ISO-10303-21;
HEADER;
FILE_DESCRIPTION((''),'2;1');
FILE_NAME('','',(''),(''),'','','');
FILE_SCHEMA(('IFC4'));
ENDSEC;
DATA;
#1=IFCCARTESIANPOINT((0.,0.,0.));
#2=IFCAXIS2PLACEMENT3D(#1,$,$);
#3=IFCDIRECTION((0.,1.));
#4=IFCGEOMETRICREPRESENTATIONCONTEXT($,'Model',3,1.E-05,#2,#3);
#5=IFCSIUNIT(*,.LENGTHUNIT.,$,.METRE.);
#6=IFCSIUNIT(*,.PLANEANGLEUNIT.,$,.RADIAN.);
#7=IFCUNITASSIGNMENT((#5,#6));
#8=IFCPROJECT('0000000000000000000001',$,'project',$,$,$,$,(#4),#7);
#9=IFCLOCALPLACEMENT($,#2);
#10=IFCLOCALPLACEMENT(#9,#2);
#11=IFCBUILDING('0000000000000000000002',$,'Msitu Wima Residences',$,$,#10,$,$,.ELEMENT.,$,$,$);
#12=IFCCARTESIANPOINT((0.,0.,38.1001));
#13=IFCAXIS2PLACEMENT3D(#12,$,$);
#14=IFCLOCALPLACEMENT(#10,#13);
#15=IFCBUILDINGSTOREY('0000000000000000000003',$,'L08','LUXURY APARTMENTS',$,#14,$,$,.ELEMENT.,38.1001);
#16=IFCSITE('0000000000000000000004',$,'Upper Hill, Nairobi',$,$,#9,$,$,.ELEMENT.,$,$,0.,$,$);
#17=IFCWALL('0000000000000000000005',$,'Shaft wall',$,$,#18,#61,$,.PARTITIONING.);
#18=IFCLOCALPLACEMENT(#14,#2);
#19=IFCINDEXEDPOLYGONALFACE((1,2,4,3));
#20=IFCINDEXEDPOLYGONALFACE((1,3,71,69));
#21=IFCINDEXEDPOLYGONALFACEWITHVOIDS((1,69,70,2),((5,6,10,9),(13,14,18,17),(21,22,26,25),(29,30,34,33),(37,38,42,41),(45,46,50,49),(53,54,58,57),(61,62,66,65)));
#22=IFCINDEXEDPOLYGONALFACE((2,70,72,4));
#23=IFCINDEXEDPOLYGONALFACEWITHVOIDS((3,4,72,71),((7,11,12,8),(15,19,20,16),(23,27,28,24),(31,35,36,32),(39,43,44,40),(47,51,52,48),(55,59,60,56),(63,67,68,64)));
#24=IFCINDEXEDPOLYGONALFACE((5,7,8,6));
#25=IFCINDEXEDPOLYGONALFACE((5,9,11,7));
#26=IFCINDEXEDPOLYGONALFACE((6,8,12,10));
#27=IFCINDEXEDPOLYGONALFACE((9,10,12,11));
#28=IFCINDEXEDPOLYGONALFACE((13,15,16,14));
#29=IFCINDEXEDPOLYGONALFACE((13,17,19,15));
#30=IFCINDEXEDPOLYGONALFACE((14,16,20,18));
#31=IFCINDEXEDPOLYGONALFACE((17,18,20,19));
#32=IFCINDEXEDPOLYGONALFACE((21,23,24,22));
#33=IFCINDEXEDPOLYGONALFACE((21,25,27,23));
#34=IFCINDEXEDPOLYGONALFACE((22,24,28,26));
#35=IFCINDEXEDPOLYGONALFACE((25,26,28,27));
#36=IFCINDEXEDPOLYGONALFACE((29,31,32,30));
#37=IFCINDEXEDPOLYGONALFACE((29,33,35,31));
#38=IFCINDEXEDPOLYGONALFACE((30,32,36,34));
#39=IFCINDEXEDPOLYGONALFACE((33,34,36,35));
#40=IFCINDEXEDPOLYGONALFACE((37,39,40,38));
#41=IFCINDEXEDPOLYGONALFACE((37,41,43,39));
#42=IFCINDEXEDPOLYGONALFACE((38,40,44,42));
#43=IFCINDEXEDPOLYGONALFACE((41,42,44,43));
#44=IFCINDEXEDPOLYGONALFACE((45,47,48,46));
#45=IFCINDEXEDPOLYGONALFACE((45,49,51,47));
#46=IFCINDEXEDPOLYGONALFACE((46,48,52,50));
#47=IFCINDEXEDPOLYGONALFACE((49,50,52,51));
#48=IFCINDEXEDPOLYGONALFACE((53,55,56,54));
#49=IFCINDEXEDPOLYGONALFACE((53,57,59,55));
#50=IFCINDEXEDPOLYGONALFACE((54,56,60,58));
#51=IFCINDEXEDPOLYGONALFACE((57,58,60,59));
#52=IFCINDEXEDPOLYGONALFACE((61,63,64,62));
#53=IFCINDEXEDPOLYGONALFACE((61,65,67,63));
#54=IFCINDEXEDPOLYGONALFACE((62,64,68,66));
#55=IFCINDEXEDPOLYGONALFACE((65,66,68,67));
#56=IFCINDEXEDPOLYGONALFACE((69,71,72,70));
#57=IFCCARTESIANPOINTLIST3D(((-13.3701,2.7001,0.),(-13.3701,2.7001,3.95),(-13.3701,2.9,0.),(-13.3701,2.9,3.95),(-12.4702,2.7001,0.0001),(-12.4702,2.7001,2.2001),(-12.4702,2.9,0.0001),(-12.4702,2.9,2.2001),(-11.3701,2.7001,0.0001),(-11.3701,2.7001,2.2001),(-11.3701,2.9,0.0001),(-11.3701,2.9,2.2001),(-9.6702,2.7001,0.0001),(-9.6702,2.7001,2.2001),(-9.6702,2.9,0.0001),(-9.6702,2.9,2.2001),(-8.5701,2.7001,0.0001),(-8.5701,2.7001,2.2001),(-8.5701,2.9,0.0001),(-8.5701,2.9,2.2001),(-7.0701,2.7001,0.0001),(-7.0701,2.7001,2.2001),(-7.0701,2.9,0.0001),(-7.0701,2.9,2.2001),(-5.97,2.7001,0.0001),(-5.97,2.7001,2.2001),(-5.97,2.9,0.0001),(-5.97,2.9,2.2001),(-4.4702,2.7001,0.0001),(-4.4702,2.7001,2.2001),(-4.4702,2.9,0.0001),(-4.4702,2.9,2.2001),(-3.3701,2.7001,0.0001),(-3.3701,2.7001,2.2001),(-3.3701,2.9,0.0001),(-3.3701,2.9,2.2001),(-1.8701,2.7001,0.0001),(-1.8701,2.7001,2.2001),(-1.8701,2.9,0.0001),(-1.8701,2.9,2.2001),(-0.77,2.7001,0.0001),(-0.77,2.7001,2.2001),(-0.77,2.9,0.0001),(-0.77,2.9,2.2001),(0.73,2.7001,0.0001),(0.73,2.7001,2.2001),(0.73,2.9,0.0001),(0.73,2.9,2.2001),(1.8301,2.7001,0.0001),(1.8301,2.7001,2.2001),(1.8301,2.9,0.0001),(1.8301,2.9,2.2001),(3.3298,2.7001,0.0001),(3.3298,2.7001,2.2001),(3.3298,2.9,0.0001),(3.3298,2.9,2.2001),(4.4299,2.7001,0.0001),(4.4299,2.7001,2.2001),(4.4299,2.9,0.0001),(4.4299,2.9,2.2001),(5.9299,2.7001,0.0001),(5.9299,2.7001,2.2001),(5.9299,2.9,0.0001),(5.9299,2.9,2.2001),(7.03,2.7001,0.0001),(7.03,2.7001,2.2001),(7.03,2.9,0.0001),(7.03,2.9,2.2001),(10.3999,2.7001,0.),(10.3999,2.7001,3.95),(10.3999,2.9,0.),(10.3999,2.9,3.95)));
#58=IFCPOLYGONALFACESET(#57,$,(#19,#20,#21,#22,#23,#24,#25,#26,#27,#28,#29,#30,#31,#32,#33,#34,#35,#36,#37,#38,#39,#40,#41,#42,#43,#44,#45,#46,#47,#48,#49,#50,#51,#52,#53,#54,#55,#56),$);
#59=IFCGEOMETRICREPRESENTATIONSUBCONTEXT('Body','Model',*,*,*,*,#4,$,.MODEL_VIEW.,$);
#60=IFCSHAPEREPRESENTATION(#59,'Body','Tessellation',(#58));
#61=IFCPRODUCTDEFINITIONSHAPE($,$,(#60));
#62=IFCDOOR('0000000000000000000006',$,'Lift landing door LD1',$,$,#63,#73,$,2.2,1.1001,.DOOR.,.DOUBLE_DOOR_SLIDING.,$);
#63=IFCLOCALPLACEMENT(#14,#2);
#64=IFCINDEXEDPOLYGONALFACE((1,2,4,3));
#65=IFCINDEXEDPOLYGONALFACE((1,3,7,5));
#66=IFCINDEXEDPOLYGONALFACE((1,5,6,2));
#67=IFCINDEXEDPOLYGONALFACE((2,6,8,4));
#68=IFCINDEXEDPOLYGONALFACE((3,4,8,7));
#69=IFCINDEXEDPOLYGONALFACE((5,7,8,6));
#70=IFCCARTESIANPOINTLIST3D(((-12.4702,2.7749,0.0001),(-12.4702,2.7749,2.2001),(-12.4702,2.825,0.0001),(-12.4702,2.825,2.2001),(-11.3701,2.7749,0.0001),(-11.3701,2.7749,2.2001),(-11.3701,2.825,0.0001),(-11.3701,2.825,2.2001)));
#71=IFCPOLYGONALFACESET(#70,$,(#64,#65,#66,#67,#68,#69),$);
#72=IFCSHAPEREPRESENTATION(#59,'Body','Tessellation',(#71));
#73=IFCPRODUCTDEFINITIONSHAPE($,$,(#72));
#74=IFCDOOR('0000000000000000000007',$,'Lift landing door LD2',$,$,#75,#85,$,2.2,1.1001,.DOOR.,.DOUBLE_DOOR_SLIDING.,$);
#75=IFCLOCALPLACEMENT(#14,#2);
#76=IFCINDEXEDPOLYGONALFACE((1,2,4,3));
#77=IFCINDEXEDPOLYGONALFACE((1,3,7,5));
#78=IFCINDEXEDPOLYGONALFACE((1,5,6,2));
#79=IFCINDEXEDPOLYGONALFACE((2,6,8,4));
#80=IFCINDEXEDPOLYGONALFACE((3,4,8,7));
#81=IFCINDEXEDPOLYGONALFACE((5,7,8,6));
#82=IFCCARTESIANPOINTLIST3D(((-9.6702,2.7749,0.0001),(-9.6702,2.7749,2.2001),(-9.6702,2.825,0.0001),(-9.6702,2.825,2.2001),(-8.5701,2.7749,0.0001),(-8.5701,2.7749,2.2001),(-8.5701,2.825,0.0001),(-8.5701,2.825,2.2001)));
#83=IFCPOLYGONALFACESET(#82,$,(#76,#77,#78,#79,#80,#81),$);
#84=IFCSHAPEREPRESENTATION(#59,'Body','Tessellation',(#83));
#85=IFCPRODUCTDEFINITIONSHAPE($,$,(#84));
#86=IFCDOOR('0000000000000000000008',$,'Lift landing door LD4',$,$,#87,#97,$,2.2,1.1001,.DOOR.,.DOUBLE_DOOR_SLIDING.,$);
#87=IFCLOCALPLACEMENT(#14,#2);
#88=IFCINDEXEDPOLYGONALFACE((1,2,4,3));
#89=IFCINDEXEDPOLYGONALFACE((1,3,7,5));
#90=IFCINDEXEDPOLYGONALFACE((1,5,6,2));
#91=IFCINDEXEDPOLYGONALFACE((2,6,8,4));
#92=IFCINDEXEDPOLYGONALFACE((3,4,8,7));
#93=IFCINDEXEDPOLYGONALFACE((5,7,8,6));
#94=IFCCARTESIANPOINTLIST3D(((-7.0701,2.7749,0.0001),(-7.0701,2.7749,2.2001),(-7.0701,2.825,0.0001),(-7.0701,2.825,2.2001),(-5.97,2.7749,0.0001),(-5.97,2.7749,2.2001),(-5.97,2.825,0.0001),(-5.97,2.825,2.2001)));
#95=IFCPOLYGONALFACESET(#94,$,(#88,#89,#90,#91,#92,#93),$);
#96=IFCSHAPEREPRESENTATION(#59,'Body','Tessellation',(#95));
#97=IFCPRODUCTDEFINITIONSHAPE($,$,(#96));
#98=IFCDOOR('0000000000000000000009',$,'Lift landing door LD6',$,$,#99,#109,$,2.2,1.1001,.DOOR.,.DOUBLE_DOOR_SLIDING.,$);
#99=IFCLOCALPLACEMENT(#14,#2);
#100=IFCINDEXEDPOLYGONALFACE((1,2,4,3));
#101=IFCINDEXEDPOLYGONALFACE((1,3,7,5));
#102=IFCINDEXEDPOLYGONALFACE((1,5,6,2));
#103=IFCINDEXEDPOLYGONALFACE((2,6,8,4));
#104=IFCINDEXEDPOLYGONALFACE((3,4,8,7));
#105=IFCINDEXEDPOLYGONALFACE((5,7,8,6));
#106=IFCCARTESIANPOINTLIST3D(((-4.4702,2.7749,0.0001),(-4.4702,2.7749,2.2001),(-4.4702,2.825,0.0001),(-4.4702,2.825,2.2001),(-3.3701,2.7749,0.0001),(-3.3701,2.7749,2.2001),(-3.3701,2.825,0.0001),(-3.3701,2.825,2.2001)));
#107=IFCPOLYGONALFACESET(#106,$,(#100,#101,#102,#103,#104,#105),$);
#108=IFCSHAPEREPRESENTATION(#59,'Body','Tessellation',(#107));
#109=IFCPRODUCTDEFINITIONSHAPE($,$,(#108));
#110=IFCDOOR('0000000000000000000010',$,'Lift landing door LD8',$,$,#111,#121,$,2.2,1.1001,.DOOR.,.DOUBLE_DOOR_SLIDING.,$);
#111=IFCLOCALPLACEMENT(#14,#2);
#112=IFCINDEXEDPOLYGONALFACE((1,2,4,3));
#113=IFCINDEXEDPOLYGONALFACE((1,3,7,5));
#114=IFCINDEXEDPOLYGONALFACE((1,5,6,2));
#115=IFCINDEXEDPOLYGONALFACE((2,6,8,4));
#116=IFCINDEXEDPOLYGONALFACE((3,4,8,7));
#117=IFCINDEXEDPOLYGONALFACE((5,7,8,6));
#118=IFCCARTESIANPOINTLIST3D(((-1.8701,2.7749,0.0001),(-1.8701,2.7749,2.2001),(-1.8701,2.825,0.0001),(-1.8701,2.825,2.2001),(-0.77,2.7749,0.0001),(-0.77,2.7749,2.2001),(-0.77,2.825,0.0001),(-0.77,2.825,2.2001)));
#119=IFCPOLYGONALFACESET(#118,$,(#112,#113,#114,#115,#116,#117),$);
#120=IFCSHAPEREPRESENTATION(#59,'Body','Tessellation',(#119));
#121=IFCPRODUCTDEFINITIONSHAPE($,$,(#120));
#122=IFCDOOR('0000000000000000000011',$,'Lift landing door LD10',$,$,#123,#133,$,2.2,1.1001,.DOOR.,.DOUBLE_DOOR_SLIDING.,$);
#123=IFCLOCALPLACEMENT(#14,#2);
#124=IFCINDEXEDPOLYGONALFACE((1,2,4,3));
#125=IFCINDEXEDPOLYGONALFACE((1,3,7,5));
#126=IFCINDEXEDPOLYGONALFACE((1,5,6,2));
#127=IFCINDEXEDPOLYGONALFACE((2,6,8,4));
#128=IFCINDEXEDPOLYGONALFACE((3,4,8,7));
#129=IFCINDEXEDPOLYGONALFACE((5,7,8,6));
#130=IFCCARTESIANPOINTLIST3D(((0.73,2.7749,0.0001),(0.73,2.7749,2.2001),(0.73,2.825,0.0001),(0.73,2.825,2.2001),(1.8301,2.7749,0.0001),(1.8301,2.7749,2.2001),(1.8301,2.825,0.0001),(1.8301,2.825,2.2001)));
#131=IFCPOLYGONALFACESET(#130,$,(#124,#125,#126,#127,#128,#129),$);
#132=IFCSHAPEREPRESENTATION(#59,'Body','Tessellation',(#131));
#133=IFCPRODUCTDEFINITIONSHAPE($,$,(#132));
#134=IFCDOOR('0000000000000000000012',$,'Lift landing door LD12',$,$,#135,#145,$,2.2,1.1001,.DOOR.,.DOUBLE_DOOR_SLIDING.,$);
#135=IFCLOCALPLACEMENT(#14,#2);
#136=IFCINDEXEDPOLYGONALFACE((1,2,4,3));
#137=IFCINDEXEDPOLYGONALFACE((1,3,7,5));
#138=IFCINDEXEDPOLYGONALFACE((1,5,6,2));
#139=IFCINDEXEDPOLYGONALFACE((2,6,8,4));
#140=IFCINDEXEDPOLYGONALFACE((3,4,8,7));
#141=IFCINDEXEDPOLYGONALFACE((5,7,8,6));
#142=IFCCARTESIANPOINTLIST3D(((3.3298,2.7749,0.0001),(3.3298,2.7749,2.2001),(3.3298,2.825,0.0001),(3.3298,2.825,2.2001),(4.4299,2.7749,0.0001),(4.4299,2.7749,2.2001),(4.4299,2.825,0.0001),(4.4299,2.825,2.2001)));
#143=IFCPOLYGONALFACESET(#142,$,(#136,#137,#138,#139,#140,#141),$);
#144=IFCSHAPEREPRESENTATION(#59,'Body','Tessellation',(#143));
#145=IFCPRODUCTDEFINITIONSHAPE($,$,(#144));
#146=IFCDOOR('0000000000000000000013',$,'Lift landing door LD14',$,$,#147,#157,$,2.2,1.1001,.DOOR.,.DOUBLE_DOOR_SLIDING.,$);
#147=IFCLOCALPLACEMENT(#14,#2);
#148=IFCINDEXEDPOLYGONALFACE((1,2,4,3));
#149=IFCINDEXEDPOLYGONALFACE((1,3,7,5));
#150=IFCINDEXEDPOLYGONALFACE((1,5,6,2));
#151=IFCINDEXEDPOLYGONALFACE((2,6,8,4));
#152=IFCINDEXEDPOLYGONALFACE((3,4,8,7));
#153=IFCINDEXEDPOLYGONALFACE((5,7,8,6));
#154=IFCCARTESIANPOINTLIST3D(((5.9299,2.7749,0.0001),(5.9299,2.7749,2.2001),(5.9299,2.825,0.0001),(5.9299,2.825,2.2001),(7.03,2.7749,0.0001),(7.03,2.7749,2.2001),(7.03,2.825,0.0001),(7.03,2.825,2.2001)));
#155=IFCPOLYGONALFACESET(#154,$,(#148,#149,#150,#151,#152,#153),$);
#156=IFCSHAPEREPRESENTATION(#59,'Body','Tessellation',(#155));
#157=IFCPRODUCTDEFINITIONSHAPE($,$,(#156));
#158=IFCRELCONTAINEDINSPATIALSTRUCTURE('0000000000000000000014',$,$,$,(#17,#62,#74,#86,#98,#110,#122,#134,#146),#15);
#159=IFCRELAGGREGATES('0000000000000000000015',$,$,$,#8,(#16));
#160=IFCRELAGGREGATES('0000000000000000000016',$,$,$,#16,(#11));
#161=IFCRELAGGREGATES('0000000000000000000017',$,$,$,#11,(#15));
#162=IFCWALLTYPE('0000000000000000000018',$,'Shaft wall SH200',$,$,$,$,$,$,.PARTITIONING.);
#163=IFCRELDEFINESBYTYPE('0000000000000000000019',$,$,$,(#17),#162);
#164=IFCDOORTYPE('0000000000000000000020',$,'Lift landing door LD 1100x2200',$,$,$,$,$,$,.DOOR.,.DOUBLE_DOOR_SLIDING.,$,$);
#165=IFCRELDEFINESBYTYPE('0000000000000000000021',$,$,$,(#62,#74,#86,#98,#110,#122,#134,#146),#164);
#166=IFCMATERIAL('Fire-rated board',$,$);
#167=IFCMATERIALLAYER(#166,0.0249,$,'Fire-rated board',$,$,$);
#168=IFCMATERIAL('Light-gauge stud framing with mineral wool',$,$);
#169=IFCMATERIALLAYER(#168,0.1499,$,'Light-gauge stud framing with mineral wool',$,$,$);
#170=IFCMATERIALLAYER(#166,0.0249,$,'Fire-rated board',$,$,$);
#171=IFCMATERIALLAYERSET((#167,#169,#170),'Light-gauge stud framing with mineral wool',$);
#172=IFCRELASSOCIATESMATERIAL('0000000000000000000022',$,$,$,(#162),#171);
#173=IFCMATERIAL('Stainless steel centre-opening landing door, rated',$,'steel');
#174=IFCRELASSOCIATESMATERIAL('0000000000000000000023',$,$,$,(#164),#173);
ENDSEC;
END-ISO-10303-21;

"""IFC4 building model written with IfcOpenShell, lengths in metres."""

from ifc_helpers import new_model, si_unit, direction, frame, frame_2d, origin, place, context, subcontext, project, spatial, rectangle, extrude, material, layer, layer_set, type_object, element, fill, save


model = new_model("IFC4")

# Units and contexts
model_context = context("Model", 3, precision=1e-05, world=origin(), true_north=direction((0.0, 1.0)))
body_context = subcontext(model_context, "Body", "Model", "MODEL_VIEW")
ifc_project = project(units=[si_unit("LENGTHUNIT", "METRE"), si_unit("PLANEANGLEUNIT", "RADIAN")], contexts=[model_context])

# Site, building, storey
site_placement = place(None, origin())
site = spatial("IfcSite", under=ifc_project, at=site_placement, Name="Upper Hill, Nairobi", CompositionType="ELEMENT", RefElevation=0.0)
building_placement = place(site_placement, origin())
building = spatial("IfcBuilding", under=site, at=building_placement, Name="Msitu Wima Residences", CompositionType="ELEMENT")
storey_placement = place(building_placement, frame((0.0, 0.0, 38.1001)))
storey = spatial("IfcBuildingStorey", under=building, at=storey_placement, Name="L08", Description="LUXURY APARTMENTS", CompositionType="ELEMENT", Elevation=38.1001)

# Wall, openings, doors
ifc_material_1 = material(Name="Fire-rated board")
ifc_layer_1 = layer(ifc_material_1, 0.0249, Name="Fire-rated board")
ifc_material_2 = material(Name="Light-gauge stud framing with mineral wool")
ifc_layer_2 = layer(ifc_material_2, 0.1499, Name="Light-gauge stud framing with mineral wool")
ifc_layer_3 = layer(ifc_material_1, 0.0249, Name="Fire-rated board")
ifc_layer_set_1 = layer_set([ifc_layer_1, ifc_layer_2, ifc_layer_3], Name="Light-gauge stud framing with mineral wool")
wall_type_1 = type_object("IfcWallType", Name="Shaft wall SH200", PredefinedType="PARTITIONING", material=ifc_layer_set_1)
wall_1_placement = place(storey_placement, frame((-13.3701, 2.8, 0.0), z_axis=(0.0, 0.0, 1.0), x_axis=(1.0, 0.0, 0.0)))
wall_1 = element("IfcWall", 1, at=wall_1_placement, inside=storey, type_object=wall_type_1, Name="Shaft wall", PredefinedType="PARTITIONING", context=body_context, shape_type="SweptSolid", body=[
    extrude(rectangle(XDim=23.77, YDim=0.2, at=frame_2d((11.885, 0.0))), origin(), (0.0, 0.0, 1.0), 3.95),
])
opening_1_placement = place(wall_1_placement, frame((0.8999, 0.0, 0.0)))
opening_1 = element("IfcOpeningElement", 2, at=opening_1_placement, cuts=wall_1, PredefinedType="OPENING", context=body_context, shape_type="SweptSolid", body=[
    extrude(rectangle(XDim=1.1001, YDim=2.2, at=frame_2d((0.55, 1.1001))), frame((0.0, 0.1099, 0.0), z_axis=(0.0, -1.0, 0.0), x_axis=(1.0, 0.0, 0.0)), (0.0, 0.0, 1.0), 0.22),
])
opening_2_placement = place(wall_1_placement, frame((3.7, 0.0, 0.0)))
opening_2 = element("IfcOpeningElement", 3, at=opening_2_placement, cuts=wall_1, PredefinedType="OPENING", context=body_context, shape_type="SweptSolid", body=[
    extrude(rectangle(XDim=1.1001, YDim=2.2, at=frame_2d((0.55, 1.1001))), frame((0.0, 0.1099, 0.0), z_axis=(0.0, -1.0, 0.0), x_axis=(1.0, 0.0, 0.0)), (0.0, 0.0, 1.0), 0.22),
])
opening_3_placement = place(wall_1_placement, frame((6.3, 0.0, 0.0)))
opening_3 = element("IfcOpeningElement", 4, at=opening_3_placement, cuts=wall_1, PredefinedType="OPENING", context=body_context, shape_type="SweptSolid", body=[
    extrude(rectangle(XDim=1.1001, YDim=2.2, at=frame_2d((0.55, 1.1001))), frame((0.0, 0.1099, 0.0), z_axis=(0.0, -1.0, 0.0), x_axis=(1.0, 0.0, 0.0)), (0.0, 0.0, 1.0), 0.22),
])
opening_4_placement = place(wall_1_placement, frame((8.8999, 0.0, 0.0)))
opening_4 = element("IfcOpeningElement", 5, at=opening_4_placement, cuts=wall_1, PredefinedType="OPENING", context=body_context, shape_type="SweptSolid", body=[
    extrude(rectangle(XDim=1.1001, YDim=2.2, at=frame_2d((0.55, 1.1001))), frame((0.0, 0.1099, 0.0), z_axis=(0.0, -1.0, 0.0), x_axis=(1.0, 0.0, 0.0)), (0.0, 0.0, 1.0), 0.22),
])
opening_5_placement = place(wall_1_placement, frame((11.5, 0.0, 0.0)))
opening_5 = element("IfcOpeningElement", 6, at=opening_5_placement, cuts=wall_1, PredefinedType="OPENING", context=body_context, shape_type="SweptSolid", body=[
    extrude(rectangle(XDim=1.1001, YDim=2.2, at=frame_2d((0.55, 1.1001))), frame((0.0, 0.1099, 0.0), z_axis=(0.0, -1.0, 0.0), x_axis=(1.0, 0.0, 0.0)), (0.0, 0.0, 1.0), 0.22),
])
opening_6_placement = place(wall_1_placement, frame((14.1001, 0.0, 0.0)))
opening_6 = element("IfcOpeningElement", 7, at=opening_6_placement, cuts=wall_1, PredefinedType="OPENING", context=body_context, shape_type="SweptSolid", body=[
    extrude(rectangle(XDim=1.1001, YDim=2.2, at=frame_2d((0.55, 1.1001))), frame((0.0, 0.1099, 0.0), z_axis=(0.0, -1.0, 0.0), x_axis=(1.0, 0.0, 0.0)), (0.0, 0.0, 1.0), 0.22),
])
opening_7_placement = place(wall_1_placement, frame((16.7, 0.0, 0.0)))
opening_7 = element("IfcOpeningElement", 8, at=opening_7_placement, cuts=wall_1, PredefinedType="OPENING", context=body_context, shape_type="SweptSolid", body=[
    extrude(rectangle(XDim=1.1001, YDim=2.2, at=frame_2d((0.55, 1.1001))), frame((0.0, 0.1099, 0.0), z_axis=(0.0, -1.0, 0.0), x_axis=(1.0, 0.0, 0.0)), (0.0, 0.0, 1.0), 0.22),
])
opening_8_placement = place(wall_1_placement, frame((19.3, 0.0, 0.0)))
opening_8 = element("IfcOpeningElement", 9, at=opening_8_placement, cuts=wall_1, PredefinedType="OPENING", context=body_context, shape_type="SweptSolid", body=[
    extrude(rectangle(XDim=1.1001, YDim=2.2, at=frame_2d((0.55, 1.1001))), frame((0.0, 0.1099, 0.0), z_axis=(0.0, -1.0, 0.0), x_axis=(1.0, 0.0, 0.0)), (0.0, 0.0, 1.0), 0.22),
])
ifc_material_3 = material(Name="Stainless steel centre-opening landing door, rated", Category="steel")
door_type_1 = type_object("IfcDoorType", Name="Lift landing door LD 1100x2200", OperationType="DOUBLE_DOOR_SLIDING", PredefinedType="DOOR", material=ifc_material_3)
door_1_placement = place(opening_1_placement, origin())
door_1 = element("IfcDoor", 10, at=door_1_placement, inside=storey, type_object=door_type_1, Name="Lift landing door LD1", OperationType="DOUBLE_DOOR_SLIDING", OverallHeight=2.2, OverallWidth=1.1001, PredefinedType="DOOR", context=body_context, shape_type="SweptSolid", body=[
    extrude(rectangle(XDim=1.1001, YDim=2.2, at=frame_2d((0.55, 1.1001))), frame((0.0, 0.0249, 0.0), z_axis=(0.0, -1.0, 0.0), x_axis=(1.0, 0.0, 0.0)), (0.0, 0.0, 1.0), 0.05),
])
fill(opening_1, door_1)
door_2_placement = place(opening_2_placement, origin())
door_2 = element("IfcDoor", 11, at=door_2_placement, inside=storey, type_object=door_type_1, Name="Lift landing door LD2", OperationType="DOUBLE_DOOR_SLIDING", OverallHeight=2.2, OverallWidth=1.1001, PredefinedType="DOOR", context=body_context, shape_type="SweptSolid", body=[
    extrude(rectangle(XDim=1.1001, YDim=2.2, at=frame_2d((0.55, 1.1001))), frame((0.0, 0.0249, 0.0), z_axis=(0.0, -1.0, 0.0), x_axis=(1.0, 0.0, 0.0)), (0.0, 0.0, 1.0), 0.05),
])
fill(opening_2, door_2)
door_3_placement = place(opening_3_placement, origin())
door_3 = element("IfcDoor", 12, at=door_3_placement, inside=storey, type_object=door_type_1, Name="Lift landing door LD4", OperationType="DOUBLE_DOOR_SLIDING", OverallHeight=2.2, OverallWidth=1.1001, PredefinedType="DOOR", context=body_context, shape_type="SweptSolid", body=[
    extrude(rectangle(XDim=1.1001, YDim=2.2, at=frame_2d((0.55, 1.1001))), frame((0.0, 0.0249, 0.0), z_axis=(0.0, -1.0, 0.0), x_axis=(1.0, 0.0, 0.0)), (0.0, 0.0, 1.0), 0.05),
])
fill(opening_3, door_3)
door_4_placement = place(opening_4_placement, origin())
door_4 = element("IfcDoor", 13, at=door_4_placement, inside=storey, type_object=door_type_1, Name="Lift landing door LD6", OperationType="DOUBLE_DOOR_SLIDING", OverallHeight=2.2, OverallWidth=1.1001, PredefinedType="DOOR", context=body_context, shape_type="SweptSolid", body=[
    extrude(rectangle(XDim=1.1001, YDim=2.2, at=frame_2d((0.55, 1.1001))), frame((0.0, 0.0249, 0.0), z_axis=(0.0, -1.0, 0.0), x_axis=(1.0, 0.0, 0.0)), (0.0, 0.0, 1.0), 0.05),
])
fill(opening_4, door_4)
door_5_placement = place(opening_5_placement, origin())
door_5 = element("IfcDoor", 14, at=door_5_placement, inside=storey, type_object=door_type_1, Name="Lift landing door LD8", OperationType="DOUBLE_DOOR_SLIDING", OverallHeight=2.2, OverallWidth=1.1001, PredefinedType="DOOR", context=body_context, shape_type="SweptSolid", body=[
    extrude(rectangle(XDim=1.1001, YDim=2.2, at=frame_2d((0.55, 1.1001))), frame((0.0, 0.0249, 0.0), z_axis=(0.0, -1.0, 0.0), x_axis=(1.0, 0.0, 0.0)), (0.0, 0.0, 1.0), 0.05),
])
fill(opening_5, door_5)
door_6_placement = place(opening_6_placement, origin())
door_6 = element("IfcDoor", 15, at=door_6_placement, inside=storey, type_object=door_type_1, Name="Lift landing door LD10", OperationType="DOUBLE_DOOR_SLIDING", OverallHeight=2.2, OverallWidth=1.1001, PredefinedType="DOOR", context=body_context, shape_type="SweptSolid", body=[
    extrude(rectangle(XDim=1.1001, YDim=2.2, at=frame_2d((0.55, 1.1001))), frame((0.0, 0.0249, 0.0), z_axis=(0.0, -1.0, 0.0), x_axis=(1.0, 0.0, 0.0)), (0.0, 0.0, 1.0), 0.05),
])
fill(opening_6, door_6)
door_7_placement = place(opening_7_placement, origin())
door_7 = element("IfcDoor", 16, at=door_7_placement, inside=storey, type_object=door_type_1, Name="Lift landing door LD12", OperationType="DOUBLE_DOOR_SLIDING", OverallHeight=2.2, OverallWidth=1.1001, PredefinedType="DOOR", context=body_context, shape_type="SweptSolid", body=[
    extrude(rectangle(XDim=1.1001, YDim=2.2, at=frame_2d((0.55, 1.1001))), frame((0.0, 0.0249, 0.0), z_axis=(0.0, -1.0, 0.0), x_axis=(1.0, 0.0, 0.0)), (0.0, 0.0, 1.0), 0.05),
])
fill(opening_7, door_7)
door_8_placement = place(opening_8_placement, origin())
door_8 = element("IfcDoor", 17, at=door_8_placement, inside=storey, type_object=door_type_1, Name="Lift landing door LD14", OperationType="DOUBLE_DOOR_SLIDING", OverallHeight=2.2, OverallWidth=1.1001, PredefinedType="DOOR", context=body_context, shape_type="SweptSolid", body=[
    extrude(rectangle(XDim=1.1001, YDim=2.2, at=frame_2d((0.55, 1.1001))), frame((0.0, 0.0249, 0.0), z_axis=(0.0, -1.0, 0.0), x_axis=(1.0, 0.0, 0.0)), (0.0, 0.0, 1.0), 0.05),
])
fill(opening_8, door_8)

save(model, "model.ifc")
